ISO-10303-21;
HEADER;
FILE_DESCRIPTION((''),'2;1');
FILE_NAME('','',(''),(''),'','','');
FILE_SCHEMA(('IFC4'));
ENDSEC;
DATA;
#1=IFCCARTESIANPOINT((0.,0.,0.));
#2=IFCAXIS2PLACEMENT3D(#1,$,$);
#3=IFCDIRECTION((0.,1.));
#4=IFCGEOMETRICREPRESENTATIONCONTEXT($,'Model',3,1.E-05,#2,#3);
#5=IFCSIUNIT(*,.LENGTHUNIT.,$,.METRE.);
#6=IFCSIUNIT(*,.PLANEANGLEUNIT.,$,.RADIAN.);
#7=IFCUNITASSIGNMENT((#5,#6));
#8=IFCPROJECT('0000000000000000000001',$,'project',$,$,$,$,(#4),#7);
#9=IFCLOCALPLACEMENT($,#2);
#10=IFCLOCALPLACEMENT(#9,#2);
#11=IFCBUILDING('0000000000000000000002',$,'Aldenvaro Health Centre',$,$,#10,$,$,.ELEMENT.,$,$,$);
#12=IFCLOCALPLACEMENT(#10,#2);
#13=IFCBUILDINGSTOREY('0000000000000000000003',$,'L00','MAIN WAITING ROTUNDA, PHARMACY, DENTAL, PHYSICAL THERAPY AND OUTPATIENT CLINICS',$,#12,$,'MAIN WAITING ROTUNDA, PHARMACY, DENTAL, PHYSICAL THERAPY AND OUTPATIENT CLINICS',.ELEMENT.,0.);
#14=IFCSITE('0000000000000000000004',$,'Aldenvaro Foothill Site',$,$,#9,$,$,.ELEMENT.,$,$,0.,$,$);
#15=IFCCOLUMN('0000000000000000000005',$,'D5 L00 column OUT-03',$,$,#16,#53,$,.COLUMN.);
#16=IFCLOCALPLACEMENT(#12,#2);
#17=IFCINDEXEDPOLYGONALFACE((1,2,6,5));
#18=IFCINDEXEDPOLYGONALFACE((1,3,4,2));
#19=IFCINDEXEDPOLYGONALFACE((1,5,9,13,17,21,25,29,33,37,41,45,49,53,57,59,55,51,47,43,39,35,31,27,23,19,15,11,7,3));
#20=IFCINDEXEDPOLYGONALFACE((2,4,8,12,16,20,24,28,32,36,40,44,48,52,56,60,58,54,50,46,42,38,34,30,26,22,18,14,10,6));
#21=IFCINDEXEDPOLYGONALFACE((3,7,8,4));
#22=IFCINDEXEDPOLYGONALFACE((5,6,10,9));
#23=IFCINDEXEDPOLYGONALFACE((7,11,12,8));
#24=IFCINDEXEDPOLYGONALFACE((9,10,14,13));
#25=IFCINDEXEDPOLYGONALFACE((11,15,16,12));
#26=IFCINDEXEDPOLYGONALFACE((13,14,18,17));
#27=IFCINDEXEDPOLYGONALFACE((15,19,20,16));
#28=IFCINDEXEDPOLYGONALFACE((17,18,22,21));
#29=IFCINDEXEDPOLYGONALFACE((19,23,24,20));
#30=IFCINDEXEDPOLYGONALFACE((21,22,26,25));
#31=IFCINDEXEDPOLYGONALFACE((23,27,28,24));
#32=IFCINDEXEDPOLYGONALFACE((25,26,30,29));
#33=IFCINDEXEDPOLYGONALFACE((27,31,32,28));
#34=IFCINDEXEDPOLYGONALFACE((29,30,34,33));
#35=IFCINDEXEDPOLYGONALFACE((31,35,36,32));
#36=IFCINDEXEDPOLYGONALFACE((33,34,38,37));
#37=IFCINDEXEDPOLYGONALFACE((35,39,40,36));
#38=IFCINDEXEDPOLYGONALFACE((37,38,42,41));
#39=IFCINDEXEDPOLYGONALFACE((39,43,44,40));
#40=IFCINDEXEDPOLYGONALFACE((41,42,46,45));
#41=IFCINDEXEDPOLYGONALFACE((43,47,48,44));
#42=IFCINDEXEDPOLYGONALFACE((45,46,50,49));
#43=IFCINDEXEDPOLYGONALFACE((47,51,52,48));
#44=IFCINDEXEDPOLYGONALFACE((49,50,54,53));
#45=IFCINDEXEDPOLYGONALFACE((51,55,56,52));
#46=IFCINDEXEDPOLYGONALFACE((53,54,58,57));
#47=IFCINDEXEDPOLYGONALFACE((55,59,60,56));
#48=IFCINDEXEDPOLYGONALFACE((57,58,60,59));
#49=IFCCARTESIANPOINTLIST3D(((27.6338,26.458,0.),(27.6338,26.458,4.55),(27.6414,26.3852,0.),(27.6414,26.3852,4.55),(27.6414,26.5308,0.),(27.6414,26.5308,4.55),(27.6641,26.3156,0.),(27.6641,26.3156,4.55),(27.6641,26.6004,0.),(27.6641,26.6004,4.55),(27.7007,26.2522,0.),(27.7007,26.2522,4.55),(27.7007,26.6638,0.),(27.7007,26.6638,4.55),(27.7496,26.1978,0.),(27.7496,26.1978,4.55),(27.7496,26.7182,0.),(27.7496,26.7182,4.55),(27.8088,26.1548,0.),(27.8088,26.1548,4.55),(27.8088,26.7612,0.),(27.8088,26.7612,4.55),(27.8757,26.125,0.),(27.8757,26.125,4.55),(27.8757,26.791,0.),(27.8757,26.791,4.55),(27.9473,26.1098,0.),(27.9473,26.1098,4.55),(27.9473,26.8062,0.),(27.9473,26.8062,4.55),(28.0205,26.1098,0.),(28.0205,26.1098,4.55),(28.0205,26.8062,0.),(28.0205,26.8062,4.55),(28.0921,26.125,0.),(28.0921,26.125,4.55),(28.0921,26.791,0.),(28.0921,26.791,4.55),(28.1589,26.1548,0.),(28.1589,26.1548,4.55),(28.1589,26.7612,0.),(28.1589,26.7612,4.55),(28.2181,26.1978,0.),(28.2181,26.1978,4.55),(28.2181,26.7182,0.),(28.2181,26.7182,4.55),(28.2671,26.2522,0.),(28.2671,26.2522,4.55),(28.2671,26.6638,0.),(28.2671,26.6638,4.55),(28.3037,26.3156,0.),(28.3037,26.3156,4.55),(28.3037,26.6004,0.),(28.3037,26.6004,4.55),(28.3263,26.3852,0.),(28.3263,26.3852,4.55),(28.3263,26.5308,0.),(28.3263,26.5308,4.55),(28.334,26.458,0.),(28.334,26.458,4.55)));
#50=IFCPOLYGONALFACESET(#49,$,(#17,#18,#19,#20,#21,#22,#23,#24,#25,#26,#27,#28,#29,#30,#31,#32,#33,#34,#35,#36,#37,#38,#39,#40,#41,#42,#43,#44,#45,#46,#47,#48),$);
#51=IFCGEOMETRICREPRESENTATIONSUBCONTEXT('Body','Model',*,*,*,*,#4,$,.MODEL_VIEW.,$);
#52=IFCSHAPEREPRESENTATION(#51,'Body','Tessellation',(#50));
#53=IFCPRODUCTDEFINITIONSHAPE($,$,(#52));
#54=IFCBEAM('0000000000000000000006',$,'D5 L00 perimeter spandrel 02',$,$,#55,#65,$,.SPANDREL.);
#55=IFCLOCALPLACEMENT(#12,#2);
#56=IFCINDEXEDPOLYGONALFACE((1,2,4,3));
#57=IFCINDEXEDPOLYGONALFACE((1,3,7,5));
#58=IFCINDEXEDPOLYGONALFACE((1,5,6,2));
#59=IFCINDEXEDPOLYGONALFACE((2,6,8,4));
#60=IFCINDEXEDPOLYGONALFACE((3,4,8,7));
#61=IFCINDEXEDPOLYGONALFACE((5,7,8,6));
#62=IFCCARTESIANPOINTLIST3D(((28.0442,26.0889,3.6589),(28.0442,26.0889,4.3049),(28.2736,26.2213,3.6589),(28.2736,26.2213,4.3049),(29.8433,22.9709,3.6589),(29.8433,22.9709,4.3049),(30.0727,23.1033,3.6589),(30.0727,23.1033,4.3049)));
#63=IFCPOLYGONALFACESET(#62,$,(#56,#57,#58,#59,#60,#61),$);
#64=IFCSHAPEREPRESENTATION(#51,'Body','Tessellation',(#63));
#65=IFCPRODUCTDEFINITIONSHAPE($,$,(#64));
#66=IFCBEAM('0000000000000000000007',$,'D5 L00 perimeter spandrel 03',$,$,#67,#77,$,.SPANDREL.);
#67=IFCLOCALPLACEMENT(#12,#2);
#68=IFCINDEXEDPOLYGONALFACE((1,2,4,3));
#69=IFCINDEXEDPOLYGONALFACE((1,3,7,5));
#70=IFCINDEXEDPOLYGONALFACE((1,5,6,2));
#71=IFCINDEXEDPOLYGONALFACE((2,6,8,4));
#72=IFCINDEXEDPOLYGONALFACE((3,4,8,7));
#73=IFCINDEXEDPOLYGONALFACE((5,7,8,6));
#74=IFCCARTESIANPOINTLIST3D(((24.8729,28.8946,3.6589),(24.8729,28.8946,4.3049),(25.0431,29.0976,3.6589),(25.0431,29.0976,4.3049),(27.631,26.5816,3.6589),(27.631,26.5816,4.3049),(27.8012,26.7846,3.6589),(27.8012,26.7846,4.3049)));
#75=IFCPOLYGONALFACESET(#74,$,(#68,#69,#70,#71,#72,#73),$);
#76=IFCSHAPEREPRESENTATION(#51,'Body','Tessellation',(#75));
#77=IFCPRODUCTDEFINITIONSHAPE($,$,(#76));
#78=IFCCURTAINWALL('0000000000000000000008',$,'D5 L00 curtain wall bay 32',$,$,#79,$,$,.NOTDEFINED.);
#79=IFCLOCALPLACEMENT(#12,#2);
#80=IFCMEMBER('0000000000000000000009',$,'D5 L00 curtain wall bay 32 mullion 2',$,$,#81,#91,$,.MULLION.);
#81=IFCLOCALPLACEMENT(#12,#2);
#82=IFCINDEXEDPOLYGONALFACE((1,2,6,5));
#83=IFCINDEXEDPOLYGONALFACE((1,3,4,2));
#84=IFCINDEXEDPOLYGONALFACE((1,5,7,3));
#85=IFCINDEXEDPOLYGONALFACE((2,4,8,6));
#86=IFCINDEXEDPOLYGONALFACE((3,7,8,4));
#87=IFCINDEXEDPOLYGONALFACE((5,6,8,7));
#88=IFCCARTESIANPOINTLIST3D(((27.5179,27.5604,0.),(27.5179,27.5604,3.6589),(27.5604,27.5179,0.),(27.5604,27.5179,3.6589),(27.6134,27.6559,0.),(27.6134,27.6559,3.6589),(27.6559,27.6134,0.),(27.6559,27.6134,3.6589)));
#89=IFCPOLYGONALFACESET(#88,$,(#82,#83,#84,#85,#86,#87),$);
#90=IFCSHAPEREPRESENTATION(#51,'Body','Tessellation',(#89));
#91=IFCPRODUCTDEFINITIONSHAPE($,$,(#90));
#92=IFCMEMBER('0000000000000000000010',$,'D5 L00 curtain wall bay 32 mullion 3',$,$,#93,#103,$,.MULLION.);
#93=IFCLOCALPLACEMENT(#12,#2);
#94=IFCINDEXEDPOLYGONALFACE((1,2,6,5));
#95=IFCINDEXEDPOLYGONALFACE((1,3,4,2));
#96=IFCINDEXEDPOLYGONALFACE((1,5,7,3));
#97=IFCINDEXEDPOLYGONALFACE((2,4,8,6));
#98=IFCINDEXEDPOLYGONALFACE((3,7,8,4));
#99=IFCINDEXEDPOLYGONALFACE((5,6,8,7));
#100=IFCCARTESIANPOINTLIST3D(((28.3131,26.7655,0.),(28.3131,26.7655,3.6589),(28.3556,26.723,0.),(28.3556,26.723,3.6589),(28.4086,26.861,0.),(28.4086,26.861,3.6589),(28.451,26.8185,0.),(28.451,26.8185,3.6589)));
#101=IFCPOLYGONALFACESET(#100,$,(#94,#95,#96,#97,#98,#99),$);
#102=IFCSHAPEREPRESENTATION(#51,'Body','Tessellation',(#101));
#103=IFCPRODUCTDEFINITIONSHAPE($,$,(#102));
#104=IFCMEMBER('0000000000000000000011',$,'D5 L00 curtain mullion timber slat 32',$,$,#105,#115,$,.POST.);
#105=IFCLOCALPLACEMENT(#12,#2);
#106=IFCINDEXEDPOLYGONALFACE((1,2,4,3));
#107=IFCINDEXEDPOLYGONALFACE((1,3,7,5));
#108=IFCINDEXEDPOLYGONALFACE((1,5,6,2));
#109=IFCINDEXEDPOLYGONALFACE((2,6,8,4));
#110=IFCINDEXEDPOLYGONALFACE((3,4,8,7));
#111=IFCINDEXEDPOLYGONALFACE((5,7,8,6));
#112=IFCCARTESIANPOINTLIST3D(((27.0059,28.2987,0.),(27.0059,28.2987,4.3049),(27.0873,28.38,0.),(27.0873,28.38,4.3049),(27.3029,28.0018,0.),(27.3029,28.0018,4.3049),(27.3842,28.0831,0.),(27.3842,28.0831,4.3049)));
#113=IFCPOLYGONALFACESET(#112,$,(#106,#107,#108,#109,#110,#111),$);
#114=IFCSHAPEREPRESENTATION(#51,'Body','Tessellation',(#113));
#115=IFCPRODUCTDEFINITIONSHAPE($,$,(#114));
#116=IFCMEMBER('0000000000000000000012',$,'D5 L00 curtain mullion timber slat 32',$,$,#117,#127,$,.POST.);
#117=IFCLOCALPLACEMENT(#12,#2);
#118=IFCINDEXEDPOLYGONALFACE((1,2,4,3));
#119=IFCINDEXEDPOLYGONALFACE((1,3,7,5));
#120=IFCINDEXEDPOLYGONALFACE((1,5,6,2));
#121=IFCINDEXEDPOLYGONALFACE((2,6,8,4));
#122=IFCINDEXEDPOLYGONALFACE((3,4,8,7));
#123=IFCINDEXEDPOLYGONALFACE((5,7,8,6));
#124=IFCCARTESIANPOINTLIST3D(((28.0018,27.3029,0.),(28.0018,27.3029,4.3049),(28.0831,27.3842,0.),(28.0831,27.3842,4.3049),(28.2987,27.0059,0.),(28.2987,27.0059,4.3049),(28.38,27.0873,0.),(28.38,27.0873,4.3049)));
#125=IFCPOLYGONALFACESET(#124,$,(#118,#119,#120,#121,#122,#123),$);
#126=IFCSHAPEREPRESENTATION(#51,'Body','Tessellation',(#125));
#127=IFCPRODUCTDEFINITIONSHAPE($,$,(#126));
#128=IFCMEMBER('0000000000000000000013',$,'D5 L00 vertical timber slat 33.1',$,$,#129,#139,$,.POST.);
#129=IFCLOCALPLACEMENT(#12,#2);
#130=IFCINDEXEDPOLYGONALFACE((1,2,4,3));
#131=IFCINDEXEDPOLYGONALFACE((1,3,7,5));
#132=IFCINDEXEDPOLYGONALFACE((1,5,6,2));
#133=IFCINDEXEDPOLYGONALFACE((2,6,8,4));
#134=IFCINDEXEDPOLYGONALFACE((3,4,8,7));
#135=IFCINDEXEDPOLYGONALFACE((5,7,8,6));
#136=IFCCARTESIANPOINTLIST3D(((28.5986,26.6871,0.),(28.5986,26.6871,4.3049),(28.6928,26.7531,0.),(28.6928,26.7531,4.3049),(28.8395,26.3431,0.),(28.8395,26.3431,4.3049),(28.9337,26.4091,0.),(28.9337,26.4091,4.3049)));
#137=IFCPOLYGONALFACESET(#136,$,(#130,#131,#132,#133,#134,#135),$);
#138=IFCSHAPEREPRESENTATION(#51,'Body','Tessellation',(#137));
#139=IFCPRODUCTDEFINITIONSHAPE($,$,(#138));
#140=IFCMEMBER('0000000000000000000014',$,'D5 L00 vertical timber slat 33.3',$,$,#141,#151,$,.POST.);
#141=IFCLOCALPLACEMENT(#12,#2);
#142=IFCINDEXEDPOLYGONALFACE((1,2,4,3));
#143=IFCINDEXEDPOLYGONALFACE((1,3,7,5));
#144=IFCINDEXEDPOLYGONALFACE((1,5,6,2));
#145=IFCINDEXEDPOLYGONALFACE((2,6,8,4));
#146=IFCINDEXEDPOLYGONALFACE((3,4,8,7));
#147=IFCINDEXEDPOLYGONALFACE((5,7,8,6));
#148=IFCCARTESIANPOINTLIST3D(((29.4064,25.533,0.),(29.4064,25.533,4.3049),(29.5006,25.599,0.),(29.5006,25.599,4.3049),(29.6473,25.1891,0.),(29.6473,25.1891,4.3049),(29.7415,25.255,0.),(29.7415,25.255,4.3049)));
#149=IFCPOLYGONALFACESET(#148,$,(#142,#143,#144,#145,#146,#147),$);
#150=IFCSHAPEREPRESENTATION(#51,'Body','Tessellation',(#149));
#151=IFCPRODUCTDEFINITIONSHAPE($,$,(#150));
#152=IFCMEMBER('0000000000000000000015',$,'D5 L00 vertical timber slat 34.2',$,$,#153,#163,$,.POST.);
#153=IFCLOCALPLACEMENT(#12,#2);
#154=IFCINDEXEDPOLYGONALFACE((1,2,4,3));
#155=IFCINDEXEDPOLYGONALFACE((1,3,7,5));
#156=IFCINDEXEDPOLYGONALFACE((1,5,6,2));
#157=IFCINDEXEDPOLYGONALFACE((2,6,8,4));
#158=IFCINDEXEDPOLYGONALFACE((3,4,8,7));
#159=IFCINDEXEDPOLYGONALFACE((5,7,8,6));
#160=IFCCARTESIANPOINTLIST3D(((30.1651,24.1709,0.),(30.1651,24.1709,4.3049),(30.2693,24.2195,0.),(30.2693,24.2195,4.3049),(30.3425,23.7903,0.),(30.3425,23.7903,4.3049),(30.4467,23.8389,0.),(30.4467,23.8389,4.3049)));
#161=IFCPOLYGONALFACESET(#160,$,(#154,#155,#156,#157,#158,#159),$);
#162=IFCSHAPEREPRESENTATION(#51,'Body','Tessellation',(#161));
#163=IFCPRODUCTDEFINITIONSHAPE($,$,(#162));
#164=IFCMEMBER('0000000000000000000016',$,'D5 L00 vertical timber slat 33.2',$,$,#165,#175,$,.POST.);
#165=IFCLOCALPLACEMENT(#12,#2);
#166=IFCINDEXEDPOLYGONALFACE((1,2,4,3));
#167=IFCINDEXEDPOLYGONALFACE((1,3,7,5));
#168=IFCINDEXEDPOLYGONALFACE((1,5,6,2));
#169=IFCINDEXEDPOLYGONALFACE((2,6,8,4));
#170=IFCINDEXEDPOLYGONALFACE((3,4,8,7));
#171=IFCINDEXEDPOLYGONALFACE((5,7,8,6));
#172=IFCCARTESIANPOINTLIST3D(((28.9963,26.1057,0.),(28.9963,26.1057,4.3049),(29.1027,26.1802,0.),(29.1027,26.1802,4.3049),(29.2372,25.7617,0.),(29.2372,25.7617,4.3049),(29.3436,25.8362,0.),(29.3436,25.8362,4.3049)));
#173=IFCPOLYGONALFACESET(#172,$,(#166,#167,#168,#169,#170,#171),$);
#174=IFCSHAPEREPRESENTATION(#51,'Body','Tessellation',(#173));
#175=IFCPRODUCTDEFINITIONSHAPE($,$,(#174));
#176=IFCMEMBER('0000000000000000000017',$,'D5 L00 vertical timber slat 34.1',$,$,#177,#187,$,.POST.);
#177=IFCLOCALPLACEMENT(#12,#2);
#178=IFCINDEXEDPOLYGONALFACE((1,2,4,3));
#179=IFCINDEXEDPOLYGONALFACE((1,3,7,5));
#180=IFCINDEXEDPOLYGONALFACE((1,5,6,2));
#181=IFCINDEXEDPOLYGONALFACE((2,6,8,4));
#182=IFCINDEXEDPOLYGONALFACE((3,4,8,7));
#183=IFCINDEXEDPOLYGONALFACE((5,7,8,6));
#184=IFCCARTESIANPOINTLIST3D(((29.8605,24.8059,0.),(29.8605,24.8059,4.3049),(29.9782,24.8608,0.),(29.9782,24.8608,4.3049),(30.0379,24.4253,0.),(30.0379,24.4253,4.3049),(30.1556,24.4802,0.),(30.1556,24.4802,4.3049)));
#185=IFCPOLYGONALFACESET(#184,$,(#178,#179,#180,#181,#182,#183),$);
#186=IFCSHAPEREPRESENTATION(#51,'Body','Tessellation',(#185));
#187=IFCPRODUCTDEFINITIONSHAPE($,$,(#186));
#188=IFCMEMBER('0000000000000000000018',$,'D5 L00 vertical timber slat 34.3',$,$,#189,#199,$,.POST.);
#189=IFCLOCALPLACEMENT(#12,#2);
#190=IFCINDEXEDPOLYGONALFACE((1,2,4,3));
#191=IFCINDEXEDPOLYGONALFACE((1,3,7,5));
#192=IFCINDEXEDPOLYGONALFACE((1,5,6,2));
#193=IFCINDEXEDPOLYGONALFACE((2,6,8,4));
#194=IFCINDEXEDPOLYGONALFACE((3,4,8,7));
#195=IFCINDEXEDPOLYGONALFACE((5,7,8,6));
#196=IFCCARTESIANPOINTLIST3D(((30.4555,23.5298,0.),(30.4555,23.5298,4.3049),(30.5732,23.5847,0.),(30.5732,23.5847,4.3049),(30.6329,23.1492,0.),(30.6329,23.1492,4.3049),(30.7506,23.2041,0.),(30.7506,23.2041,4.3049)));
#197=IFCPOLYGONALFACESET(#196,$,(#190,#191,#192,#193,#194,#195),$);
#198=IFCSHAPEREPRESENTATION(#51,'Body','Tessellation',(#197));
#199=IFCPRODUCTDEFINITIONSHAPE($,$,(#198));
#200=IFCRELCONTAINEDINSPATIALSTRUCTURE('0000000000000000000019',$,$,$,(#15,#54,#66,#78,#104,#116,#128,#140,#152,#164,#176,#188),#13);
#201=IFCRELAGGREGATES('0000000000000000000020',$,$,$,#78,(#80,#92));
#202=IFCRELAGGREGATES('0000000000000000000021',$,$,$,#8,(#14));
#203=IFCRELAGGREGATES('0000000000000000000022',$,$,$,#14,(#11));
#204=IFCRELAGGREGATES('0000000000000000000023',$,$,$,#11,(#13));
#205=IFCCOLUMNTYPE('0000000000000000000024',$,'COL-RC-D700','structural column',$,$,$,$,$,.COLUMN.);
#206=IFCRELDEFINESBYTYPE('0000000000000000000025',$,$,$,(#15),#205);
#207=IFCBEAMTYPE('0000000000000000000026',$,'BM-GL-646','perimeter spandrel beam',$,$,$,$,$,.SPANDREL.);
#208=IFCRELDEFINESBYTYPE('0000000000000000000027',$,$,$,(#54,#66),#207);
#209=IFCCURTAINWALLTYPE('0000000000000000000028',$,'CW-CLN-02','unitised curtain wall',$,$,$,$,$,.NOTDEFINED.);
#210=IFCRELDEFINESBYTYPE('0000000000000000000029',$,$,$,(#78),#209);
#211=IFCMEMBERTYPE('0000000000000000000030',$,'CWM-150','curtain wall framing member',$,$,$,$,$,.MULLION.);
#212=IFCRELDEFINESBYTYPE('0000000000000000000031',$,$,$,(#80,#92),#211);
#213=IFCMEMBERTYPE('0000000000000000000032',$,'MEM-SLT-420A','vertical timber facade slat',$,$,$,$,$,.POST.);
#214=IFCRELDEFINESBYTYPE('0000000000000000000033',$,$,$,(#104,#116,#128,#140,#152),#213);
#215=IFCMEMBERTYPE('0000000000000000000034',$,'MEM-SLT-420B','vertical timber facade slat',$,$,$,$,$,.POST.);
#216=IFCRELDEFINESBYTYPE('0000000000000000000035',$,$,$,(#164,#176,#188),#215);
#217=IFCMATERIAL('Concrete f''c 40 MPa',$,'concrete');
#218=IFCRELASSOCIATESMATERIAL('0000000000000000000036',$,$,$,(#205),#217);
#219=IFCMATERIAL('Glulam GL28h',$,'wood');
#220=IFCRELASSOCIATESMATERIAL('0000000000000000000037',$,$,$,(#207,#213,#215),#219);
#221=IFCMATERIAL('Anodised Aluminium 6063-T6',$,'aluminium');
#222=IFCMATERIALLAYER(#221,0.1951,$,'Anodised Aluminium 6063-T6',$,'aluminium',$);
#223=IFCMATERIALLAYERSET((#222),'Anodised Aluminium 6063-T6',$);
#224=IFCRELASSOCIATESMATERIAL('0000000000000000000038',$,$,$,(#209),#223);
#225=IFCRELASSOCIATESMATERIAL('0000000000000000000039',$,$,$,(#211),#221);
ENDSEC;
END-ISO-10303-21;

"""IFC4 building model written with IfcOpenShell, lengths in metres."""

from ifc_helpers import new_model, si_unit, direction, frame, origin, origin_2d, place, context, subcontext, project, spatial, rectangle, circle, extrude, material, layer, layer_set, material_profile, profile_set, type_object, element, aggregate, save


model = new_model("IFC4")

# Units and contexts
model_context = context("Model", 3, precision=1e-05, world=origin(), true_north=direction((0.0, 1.0)))
body_context = subcontext(model_context, "Body", "Model", "MODEL_VIEW")
ifc_project = project(units=[si_unit("LENGTHUNIT", "METRE"), si_unit("PLANEANGLEUNIT", "RADIAN")], contexts=[model_context])

# Site, building, storey
site_placement = place(None, origin())
site = spatial("IfcSite", under=ifc_project, at=site_placement, Name="Aldenvaro Foothill Site", CompositionType="ELEMENT", RefElevation=0.0)
building_placement = place(site_placement, origin())
building = spatial("IfcBuilding", under=site, at=building_placement, Name="Aldenvaro Health Centre", CompositionType="ELEMENT")
storey_placement = place(building_placement, origin())
storey = spatial("IfcBuildingStorey", under=building, at=storey_placement, Name="L00", Description="MAIN WAITING ROTUNDA, PHARMACY, DENTAL, PHYSICAL THERAPY AND OUTPATIENT CLINICS", LongName="MAIN WAITING ROTUNDA, PHARMACY, DENTAL, PHYSICAL THERAPY AND OUTPATIENT CLINICS", CompositionType="ELEMENT", Elevation=0.0)

# Column
ifc_material_1 = material(Name="Concrete f'c 40 MPa", Category="concrete")
ifc_material_profile_1 = material_profile(ifc_material_1, circle(Radius=0.3501, at=origin_2d()), Name="RC D700", Category="concrete")
ifc_profile_set_1 = profile_set([ifc_material_profile_1], Name="Concrete f'c 40 MPa")
column_type = type_object("IfcColumnType", Name="COL-RC-D700", Description="structural column", PredefinedType="COLUMN", material=ifc_profile_set_1)
column_placement = place(storey_placement, frame((27.9839, 26.458, 0.0), z_axis=(0.0, 0.0, 1.0), x_axis=(1.0, 0.0, 0.0)))
element("IfcColumn", 1, at=column_placement, inside=storey, type_object=column_type, Name="D5 L00 column OUT-03", PredefinedType="COLUMN", context=body_context, shape_type="SweptSolid", body=[
    extrude(circle(Radius=0.3501, at=origin_2d()), origin(), (0.0, 0.0, 1.0), 4.55),
])

# Beams
ifc_material_2 = material(Name="Glulam GL28h", Category="wood")
ifc_material_profile_2 = material_profile(ifc_material_2, rectangle(XDim=0.2649, YDim=0.646, at=origin_2d()), Name="GL 265x646", Category="wood")
ifc_profile_set_2 = profile_set([ifc_material_profile_2], Name="Glulam GL28h")
beam_type = type_object("IfcBeamType", Name="BM-GL-646", Description="perimeter spandrel beam", PredefinedType="SPANDREL", material=ifc_profile_set_2)
beam_1_placement = place(storey_placement, frame((29.958, 23.0371, 3.9819), z_axis=(-0.499779, 0.866153, 0.0), x_axis=(-0.866153, -0.499779, 0.0)))
element("IfcBeam", 2, at=beam_1_placement, inside=storey, type_object=beam_type, Name="D5 L00 perimeter spandrel 02", PredefinedType="SPANDREL", context=body_context, shape_type="SweptSolid", body=[
    extrude(rectangle(XDim=0.2649, YDim=0.646, at=origin_2d()), origin(), (0.0, 0.0, 1.0), 3.5999),
])
beam_2_placement = place(storey_placement, frame((27.7161, 26.6831, 3.9819), z_axis=(-0.766222, 0.642576, 0.0), x_axis=(-0.642576, -0.766222, 0.0)))
element("IfcBeam", 3, at=beam_2_placement, inside=storey, type_object=beam_type, Name="D5 L00 perimeter spandrel 03", PredefinedType="SPANDREL", context=body_context, shape_type="SweptSolid", body=[
    extrude(rectangle(XDim=0.2649, YDim=0.646, at=origin_2d()), origin(), (0.0, 0.0, 1.0), 3.5996),
])

# Curtain wall, members
ifc_material_3 = material(Name="Anodised Aluminium 6063-T6", Category="aluminium")
ifc_layer_1 = layer(ifc_material_3, 0.1951, Name="Anodised Aluminium 6063-T6", Category="aluminium")
ifc_layer_set_1 = layer_set([ifc_layer_1], Name="Anodised Aluminium 6063-T6")
curtain_wall_type = type_object("IfcCurtainWallType", Name="CW-CLN-02", Description="unitised curtain wall", PredefinedType="NOTDEFINED", material=ifc_layer_set_1)
curtain_wall_placement = place(storey_placement, origin())
curtain_wall = element("IfcCurtainWall", 4, at=curtain_wall_placement, inside=storey, type_object=curtain_wall_type, Name="D5 L00 curtain wall bay 32", PredefinedType="NOTDEFINED")
ifc_material_profile_3 = material_profile(ifc_material_3, rectangle(XDim=0.0601, YDim=0.135, at=origin_2d()), Name="ALU 60x135", Category="aluminium")
ifc_profile_set_3 = profile_set([ifc_material_profile_3], Name="Anodised Aluminium 6063-T6")
member_type_1 = type_object("IfcMemberType", Name="CWM-150", Description="curtain wall framing member", PredefinedType="MULLION", material=ifc_profile_set_3)
member_1_placement = place(storey_placement, frame((27.5869, 27.5869, 0.0), z_axis=(0.0, 0.0, 1.0), x_axis=(0.707107, -0.707107, 0.0)))
member_1 = element("IfcMember", 5, at=member_1_placement, type_object=member_type_1, Name="D5 L00 curtain wall bay 32 mullion 2", PredefinedType="MULLION", context=body_context, shape_type="SweptSolid", body=[
    extrude(rectangle(XDim=0.0601, YDim=0.135, at=origin_2d()), origin(), (0.0, 0.0, 1.0), 3.6589),
])
member_2_placement = place(storey_placement, frame((28.3821, 26.792, 0.0), z_axis=(0.0, 0.0, 1.0), x_axis=(0.707107, -0.707107, 0.0)))
member_2 = element("IfcMember", 6, at=member_2_placement, type_object=member_type_1, Name="D5 L00 curtain wall bay 32 mullion 3", PredefinedType="MULLION", context=body_context, shape_type="SweptSolid", body=[
    extrude(rectangle(XDim=0.0601, YDim=0.135, at=origin_2d()), origin(), (0.0, 0.0, 1.0), 3.6589),
])

# Members
ifc_material_profile_4 = material_profile(ifc_material_2, rectangle(XDim=0.115, YDim=0.4199, at=origin_2d()), Name="GL 115x420", Category="wood")
ifc_profile_set_4 = profile_set([ifc_material_profile_4], Name="Glulam GL28h")
member_type_2 = type_object("IfcMemberType", Name="MEM-SLT-420A", Description="vertical timber facade slat", PredefinedType="POST", material=ifc_profile_set_4)
for number, where, z_axis, x_axis, name in (
    (7, (27.1951, 28.1909, 0.0), (0.0, 0.0, 1.0), (0.707107, 0.707107, 0.0), "D5 L00 curtain mullion timber slat 32"),
    (8, (28.1909, 27.1951, 0.0), (0.0, 0.0, 1.0), (0.707107, 0.707107, 0.0), "D5 L00 curtain mullion timber slat 32"),
    (9, (28.7661, 26.5481, 0.0), (0.0, 0.0, 1.0), (0.819107, 0.573641, 0.0), "D5 L00 vertical timber slat 33.1"),
    (10, (29.574, 25.394, 0.0), (0.0, 0.0, 1.0), (0.819107, 0.573641, 0.0), "D5 L00 vertical timber slat 33.3"),
    (11, (30.3059, 24.0049, 0.0), (0.0, 0.0, 1.0), (0.906365, 0.422496, 0.0), "D5 L00 vertical timber slat 34.2"),
):
    element("IfcMember", number, at=place(storey_placement, frame(where, z_axis=z_axis, x_axis=x_axis)), inside=storey, type_object=member_type_2, Name=name, PredefinedType="POST", context=body_context, shape_type="SweptSolid", body=[
        extrude(rectangle(XDim=0.115, YDim=0.4199, at=origin_2d()), origin(), (0.0, 0.0, 1.0), 4.3049),
    ])
ifc_material_profile_5 = material_profile(ifc_material_2, rectangle(XDim=0.1299, YDim=0.4199, at=origin_2d()), Name="GL 130x420", Category="wood")
ifc_profile_set_5 = profile_set([ifc_material_profile_5], Name="Glulam GL28h")
member_type_3 = type_object("IfcMemberType", Name="MEM-SLT-420B", Description="vertical timber facade slat", PredefinedType="POST", material=ifc_profile_set_5)
for number, where, z_axis, x_axis, name in (
    (12, (29.1699, 25.9709, 0.0), (0.0, 0.0, 1.0), (0.819107, 0.573641, 0.0), "D5 L00 vertical timber slat 33.2"),
    (13, (30.0081, 24.6431, 0.0), (0.0, 0.0, 1.0), (0.906365, 0.422496, 0.0), "D5 L00 vertical timber slat 34.1"),
    (14, (30.603, 23.3669, 0.0), (0.0, 0.0, 1.0), (0.906365, 0.422496, 0.0), "D5 L00 vertical timber slat 34.3"),
):
    element("IfcMember", number, at=place(storey_placement, frame(where, z_axis=z_axis, x_axis=x_axis)), inside=storey, type_object=member_type_3, Name=name, PredefinedType="POST", context=body_context, shape_type="SweptSolid", body=[
        extrude(rectangle(XDim=0.1299, YDim=0.4199, at=origin_2d()), origin(), (0.0, 0.0, 1.0), 4.3049),
    ])

aggregate(curtain_wall, [member_1, member_2])

save(model, "model.ifc")
